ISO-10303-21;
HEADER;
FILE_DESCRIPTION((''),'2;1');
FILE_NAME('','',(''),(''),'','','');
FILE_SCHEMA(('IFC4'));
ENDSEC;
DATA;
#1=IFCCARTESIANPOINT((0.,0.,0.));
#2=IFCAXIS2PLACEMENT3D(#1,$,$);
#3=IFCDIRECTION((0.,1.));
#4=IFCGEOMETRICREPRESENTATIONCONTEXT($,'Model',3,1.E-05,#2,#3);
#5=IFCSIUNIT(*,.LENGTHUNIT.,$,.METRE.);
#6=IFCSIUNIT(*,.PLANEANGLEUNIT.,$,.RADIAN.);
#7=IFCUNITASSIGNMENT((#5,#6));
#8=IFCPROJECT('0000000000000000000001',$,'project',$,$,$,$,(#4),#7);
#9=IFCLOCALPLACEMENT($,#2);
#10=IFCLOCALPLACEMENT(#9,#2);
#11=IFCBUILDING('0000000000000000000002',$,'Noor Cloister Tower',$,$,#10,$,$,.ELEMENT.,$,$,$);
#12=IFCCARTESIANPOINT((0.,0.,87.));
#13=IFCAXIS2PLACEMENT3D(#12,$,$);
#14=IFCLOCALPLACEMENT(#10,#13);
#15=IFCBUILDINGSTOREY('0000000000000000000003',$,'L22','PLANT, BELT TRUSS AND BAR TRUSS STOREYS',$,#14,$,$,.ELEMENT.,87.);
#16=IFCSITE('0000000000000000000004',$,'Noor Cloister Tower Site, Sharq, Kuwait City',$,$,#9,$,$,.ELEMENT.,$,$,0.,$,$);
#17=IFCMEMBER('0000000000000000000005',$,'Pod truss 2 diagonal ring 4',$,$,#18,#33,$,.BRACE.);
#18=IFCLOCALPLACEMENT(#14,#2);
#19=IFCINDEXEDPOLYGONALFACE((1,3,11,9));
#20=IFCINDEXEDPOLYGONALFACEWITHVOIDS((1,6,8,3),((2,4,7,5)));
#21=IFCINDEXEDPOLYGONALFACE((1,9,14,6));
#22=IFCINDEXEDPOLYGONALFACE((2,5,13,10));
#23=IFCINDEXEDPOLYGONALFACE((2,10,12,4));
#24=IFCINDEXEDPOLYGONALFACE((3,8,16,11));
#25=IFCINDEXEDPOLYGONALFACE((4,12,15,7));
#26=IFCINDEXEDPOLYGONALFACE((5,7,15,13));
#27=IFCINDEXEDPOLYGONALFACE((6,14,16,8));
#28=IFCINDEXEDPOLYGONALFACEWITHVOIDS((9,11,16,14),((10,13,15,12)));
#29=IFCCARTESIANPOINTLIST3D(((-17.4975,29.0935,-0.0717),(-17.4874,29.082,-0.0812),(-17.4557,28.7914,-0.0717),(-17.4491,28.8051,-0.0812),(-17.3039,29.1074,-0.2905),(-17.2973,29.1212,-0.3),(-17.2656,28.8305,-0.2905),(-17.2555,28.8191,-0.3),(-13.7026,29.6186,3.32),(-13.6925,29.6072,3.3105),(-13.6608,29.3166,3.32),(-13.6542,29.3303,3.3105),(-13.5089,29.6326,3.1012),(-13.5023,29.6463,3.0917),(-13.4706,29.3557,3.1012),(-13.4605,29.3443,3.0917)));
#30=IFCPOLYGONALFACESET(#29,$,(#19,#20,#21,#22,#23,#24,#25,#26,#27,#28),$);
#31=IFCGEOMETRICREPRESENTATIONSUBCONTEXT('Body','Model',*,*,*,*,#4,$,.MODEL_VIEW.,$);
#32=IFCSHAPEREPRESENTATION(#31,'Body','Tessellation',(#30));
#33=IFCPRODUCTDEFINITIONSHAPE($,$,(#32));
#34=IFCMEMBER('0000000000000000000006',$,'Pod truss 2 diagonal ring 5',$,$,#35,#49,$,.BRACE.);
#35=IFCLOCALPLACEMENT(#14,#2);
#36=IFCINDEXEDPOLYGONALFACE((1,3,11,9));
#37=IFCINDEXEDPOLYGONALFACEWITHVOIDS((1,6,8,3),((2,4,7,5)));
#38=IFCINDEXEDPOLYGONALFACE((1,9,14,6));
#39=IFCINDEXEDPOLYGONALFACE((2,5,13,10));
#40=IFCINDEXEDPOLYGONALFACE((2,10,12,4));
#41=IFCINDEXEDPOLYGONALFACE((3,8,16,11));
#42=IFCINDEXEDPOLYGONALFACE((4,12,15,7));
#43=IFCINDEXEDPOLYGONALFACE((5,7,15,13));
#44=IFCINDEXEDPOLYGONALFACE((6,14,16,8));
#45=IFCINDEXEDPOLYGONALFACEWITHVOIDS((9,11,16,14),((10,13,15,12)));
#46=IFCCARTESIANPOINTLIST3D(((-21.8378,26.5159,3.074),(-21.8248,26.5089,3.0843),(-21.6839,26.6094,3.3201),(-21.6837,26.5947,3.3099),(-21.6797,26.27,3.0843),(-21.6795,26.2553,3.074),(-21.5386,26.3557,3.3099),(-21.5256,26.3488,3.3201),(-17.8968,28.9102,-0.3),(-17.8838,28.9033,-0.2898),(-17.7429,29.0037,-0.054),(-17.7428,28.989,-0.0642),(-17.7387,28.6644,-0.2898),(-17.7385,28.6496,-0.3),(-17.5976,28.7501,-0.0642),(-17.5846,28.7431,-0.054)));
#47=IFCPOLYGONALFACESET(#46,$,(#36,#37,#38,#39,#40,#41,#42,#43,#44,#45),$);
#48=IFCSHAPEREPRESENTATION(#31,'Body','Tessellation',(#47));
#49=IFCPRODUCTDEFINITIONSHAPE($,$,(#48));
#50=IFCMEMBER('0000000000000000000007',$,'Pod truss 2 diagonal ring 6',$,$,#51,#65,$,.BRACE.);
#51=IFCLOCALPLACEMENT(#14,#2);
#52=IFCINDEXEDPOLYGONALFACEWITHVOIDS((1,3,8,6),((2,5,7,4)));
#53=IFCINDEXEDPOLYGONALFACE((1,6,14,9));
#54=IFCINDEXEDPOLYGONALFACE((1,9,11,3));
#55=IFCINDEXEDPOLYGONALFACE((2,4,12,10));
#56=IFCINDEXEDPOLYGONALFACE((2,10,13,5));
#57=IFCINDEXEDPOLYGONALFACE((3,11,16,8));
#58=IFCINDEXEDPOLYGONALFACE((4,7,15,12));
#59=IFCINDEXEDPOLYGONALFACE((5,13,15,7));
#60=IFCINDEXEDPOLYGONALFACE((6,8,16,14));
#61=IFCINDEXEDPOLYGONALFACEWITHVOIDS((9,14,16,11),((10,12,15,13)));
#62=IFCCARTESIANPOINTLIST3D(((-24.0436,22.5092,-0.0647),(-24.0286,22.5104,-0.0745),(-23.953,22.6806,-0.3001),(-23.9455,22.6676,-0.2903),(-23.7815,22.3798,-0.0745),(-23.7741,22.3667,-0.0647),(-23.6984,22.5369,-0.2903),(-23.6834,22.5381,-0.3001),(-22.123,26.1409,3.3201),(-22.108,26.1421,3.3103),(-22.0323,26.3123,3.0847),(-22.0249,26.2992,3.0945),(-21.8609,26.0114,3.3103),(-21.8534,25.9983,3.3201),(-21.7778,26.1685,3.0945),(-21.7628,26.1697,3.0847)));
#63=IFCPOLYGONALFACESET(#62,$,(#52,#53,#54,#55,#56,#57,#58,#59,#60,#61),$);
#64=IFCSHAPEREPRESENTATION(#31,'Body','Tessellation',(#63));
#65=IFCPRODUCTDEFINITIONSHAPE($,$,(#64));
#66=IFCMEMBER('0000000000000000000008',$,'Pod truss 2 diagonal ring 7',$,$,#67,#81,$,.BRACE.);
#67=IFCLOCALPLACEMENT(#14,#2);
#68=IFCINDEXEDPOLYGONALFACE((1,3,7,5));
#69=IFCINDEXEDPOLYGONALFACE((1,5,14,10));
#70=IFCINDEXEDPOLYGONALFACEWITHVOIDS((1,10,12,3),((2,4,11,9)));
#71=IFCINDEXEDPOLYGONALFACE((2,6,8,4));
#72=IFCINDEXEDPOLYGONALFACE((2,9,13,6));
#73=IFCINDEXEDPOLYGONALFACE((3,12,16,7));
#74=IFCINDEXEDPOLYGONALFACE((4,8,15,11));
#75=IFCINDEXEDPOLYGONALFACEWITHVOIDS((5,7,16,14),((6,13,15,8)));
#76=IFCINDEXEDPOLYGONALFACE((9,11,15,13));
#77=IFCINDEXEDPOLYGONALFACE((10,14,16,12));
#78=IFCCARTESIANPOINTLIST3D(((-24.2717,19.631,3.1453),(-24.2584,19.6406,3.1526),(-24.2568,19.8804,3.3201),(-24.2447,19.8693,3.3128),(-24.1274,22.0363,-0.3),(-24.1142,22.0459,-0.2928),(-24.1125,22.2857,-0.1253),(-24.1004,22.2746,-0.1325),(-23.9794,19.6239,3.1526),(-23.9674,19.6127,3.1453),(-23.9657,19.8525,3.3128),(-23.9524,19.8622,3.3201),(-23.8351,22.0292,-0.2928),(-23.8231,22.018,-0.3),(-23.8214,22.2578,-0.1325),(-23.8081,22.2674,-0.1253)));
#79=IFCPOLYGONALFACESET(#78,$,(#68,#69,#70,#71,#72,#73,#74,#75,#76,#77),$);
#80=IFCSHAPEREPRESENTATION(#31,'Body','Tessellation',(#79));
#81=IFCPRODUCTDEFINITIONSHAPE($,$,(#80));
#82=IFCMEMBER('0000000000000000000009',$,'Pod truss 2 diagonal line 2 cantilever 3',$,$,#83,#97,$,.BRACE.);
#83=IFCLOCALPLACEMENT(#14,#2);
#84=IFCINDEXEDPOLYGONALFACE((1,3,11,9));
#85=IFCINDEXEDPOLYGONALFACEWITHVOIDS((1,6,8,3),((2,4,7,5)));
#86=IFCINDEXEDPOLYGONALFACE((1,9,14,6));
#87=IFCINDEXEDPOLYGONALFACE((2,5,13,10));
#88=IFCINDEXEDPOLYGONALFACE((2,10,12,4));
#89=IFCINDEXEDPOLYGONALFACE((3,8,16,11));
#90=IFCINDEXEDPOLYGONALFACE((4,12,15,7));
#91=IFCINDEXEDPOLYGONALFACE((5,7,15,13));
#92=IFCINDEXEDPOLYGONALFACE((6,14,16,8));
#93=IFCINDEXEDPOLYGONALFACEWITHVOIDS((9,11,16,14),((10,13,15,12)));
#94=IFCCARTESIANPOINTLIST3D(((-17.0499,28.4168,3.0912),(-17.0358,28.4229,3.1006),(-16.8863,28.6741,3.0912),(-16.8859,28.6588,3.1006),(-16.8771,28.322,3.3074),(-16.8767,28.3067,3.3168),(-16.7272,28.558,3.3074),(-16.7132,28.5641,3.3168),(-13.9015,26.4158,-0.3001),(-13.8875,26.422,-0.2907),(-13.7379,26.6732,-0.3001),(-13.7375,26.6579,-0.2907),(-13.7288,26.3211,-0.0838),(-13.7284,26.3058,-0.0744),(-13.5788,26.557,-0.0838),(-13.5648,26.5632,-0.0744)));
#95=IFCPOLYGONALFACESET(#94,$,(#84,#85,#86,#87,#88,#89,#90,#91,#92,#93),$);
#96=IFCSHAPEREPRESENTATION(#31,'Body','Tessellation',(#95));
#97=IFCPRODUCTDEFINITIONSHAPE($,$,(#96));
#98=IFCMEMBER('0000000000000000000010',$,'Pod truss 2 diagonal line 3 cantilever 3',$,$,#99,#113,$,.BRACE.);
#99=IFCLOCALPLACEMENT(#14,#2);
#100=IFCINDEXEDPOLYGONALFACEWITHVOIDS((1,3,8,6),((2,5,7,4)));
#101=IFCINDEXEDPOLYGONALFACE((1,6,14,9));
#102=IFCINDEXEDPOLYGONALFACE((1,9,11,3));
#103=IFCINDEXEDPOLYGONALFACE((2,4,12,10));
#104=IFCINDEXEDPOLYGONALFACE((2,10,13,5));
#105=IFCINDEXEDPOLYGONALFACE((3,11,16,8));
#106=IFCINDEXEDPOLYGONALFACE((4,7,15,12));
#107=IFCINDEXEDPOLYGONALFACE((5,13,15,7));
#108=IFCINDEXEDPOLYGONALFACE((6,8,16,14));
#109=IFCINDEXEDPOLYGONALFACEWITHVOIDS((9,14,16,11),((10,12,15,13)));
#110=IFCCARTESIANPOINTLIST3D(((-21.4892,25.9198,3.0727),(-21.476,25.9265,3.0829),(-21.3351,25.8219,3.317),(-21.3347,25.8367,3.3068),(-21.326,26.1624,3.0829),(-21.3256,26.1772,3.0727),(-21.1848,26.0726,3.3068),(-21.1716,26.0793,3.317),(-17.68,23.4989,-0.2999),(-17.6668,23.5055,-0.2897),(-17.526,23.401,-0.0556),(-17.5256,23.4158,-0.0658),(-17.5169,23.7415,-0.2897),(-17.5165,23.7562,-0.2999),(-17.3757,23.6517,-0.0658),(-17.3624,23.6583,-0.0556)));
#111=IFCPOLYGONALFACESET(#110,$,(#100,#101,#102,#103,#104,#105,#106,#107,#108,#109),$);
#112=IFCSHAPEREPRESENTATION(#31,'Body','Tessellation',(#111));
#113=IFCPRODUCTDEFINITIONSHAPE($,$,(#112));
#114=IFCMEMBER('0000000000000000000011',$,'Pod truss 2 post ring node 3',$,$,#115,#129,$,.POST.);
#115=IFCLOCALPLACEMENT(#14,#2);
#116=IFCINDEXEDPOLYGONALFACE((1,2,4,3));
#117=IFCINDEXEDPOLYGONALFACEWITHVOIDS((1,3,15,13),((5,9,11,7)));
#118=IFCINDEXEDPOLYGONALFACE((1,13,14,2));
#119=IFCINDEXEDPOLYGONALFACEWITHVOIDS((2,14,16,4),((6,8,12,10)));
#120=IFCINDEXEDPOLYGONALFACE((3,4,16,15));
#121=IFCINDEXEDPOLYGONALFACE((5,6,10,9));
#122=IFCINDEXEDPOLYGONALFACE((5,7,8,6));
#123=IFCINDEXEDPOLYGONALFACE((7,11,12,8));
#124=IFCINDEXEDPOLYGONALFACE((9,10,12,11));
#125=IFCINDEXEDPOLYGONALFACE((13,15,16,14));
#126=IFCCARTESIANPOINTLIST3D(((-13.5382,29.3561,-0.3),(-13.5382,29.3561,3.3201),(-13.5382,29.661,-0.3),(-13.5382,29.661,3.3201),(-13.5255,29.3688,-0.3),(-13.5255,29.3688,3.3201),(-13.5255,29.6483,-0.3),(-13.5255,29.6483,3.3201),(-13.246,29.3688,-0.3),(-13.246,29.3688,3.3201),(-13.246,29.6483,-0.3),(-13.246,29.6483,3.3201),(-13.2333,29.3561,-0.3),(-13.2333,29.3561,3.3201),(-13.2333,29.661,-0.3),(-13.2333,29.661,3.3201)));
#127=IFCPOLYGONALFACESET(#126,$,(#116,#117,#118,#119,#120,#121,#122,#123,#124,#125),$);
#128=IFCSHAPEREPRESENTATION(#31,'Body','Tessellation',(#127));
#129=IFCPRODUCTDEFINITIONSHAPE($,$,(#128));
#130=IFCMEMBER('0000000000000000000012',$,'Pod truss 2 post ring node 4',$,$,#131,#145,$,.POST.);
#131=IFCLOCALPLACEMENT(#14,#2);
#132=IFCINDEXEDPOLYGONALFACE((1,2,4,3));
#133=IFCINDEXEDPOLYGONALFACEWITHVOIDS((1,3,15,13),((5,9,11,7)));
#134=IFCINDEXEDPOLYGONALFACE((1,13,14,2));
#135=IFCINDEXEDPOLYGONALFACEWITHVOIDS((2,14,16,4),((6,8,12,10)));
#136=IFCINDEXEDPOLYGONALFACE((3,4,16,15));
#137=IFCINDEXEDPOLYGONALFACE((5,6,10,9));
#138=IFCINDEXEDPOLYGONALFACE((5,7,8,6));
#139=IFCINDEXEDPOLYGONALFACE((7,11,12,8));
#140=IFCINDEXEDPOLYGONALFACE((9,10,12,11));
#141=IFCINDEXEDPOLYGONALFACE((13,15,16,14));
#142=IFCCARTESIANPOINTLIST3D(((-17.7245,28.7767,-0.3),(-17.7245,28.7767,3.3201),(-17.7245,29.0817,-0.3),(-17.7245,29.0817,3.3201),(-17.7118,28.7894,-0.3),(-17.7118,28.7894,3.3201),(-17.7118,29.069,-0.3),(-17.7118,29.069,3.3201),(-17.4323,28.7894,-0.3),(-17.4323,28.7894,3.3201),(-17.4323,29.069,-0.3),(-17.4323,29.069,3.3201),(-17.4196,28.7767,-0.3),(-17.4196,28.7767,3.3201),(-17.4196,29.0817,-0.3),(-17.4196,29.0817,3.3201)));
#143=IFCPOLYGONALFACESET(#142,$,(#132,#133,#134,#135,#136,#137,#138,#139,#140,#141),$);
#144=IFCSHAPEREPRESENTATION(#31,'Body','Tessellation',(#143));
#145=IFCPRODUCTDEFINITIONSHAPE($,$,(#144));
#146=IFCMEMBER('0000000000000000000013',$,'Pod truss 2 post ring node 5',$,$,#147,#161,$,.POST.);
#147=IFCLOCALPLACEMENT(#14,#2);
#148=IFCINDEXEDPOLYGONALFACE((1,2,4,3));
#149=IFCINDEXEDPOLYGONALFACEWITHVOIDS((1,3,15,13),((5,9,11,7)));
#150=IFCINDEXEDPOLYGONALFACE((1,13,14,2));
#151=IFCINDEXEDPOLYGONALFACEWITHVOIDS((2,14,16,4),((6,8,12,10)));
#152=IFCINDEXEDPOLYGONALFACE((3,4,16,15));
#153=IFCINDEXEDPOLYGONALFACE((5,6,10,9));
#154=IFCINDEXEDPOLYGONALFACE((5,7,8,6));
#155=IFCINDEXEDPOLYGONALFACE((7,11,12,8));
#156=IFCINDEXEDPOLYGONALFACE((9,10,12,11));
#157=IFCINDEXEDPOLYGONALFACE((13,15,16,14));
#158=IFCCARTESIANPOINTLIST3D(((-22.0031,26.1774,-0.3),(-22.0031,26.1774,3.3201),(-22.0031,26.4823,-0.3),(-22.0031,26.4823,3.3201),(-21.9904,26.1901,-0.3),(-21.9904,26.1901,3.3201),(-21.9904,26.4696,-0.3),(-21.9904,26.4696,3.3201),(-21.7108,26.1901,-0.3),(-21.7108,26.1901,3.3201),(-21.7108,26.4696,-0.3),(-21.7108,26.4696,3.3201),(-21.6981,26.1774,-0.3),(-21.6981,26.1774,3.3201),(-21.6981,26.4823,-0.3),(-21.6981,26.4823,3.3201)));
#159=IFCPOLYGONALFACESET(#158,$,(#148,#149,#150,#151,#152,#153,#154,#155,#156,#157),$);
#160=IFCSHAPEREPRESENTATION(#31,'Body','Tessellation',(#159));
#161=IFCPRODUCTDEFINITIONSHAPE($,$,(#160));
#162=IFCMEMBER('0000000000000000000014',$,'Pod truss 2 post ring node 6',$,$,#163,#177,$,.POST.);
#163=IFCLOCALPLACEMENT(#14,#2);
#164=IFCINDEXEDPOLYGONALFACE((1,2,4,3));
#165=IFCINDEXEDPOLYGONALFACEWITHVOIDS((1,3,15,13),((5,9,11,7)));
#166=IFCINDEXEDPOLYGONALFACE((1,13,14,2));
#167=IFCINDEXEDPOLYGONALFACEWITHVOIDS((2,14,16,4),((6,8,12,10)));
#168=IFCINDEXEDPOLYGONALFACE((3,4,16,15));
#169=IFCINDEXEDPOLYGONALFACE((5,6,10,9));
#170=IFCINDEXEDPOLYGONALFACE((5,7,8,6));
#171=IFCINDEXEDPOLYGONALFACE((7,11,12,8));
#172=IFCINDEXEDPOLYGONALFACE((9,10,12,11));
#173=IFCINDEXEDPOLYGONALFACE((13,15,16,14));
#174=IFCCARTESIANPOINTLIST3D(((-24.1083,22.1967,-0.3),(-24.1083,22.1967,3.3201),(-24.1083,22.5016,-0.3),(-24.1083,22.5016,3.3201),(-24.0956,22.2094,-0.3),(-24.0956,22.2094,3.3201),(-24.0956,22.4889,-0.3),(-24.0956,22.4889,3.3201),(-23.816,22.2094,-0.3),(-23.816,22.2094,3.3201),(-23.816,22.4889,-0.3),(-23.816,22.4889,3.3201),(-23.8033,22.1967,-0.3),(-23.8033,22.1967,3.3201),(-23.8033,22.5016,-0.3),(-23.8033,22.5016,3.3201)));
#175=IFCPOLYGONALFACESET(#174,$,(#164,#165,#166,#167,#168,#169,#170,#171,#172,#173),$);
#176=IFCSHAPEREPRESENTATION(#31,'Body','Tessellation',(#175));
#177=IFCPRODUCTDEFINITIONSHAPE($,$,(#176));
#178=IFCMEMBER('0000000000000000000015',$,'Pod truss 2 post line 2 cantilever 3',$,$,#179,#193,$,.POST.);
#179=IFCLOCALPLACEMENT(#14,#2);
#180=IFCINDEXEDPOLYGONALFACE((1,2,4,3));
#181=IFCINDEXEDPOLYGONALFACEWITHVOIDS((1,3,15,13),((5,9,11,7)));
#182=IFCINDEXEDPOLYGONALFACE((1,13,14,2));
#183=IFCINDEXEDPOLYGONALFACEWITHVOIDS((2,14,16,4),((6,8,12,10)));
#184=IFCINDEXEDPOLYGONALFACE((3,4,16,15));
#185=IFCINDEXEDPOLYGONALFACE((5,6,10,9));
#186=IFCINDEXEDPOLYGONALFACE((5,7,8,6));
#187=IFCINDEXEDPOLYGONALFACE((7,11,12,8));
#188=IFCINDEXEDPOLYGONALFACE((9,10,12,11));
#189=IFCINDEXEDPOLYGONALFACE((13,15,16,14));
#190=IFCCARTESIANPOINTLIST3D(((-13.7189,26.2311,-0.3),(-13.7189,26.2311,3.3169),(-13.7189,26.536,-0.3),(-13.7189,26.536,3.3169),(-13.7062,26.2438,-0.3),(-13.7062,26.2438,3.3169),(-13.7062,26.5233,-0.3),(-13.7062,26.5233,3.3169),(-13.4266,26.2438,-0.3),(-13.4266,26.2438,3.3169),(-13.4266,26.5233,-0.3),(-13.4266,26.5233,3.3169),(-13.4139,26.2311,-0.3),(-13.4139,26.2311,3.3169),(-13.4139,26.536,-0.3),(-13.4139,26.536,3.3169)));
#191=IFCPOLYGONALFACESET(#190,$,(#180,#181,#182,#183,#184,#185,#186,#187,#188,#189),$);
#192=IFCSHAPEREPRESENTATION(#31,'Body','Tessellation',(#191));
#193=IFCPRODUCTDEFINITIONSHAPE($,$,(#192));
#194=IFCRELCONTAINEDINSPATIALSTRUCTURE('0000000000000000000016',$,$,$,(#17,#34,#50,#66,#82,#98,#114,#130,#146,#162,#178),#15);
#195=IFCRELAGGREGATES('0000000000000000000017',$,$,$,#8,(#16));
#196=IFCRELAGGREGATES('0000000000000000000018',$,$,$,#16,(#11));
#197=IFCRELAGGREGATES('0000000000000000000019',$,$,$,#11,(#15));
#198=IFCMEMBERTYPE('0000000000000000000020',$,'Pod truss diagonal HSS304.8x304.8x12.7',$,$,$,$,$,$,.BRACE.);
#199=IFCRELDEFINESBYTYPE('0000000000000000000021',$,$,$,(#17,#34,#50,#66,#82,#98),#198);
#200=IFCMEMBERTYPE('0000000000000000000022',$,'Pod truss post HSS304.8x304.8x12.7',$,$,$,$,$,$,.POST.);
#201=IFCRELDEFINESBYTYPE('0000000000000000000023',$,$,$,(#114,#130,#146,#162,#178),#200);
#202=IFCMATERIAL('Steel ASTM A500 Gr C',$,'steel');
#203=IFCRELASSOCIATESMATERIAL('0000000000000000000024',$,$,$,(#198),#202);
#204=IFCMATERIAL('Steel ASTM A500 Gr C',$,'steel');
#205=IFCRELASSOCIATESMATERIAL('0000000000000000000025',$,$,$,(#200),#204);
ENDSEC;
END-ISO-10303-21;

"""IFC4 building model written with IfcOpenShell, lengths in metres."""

from ifc_helpers import new_model, si_unit, direction, frame, origin, origin_2d, place, context, subcontext, project, spatial, hollow_rectangle, extrude, material, material_profile, profile_set, type_object, element, save


model = new_model("IFC4")

# Units and contexts
model_context = context("Model", 3, precision=1e-05, world=origin(), true_north=direction((0.0, 1.0)))
body_context = subcontext(model_context, "Body", "Model", "MODEL_VIEW")
ifc_project = project(units=[si_unit("LENGTHUNIT", "METRE"), si_unit("PLANEANGLEUNIT", "RADIAN")], contexts=[model_context])

# Site, building, storey
site_placement = place(None, origin())
site = spatial("IfcSite", under=ifc_project, at=site_placement, Name="Noor Cloister Tower Site, Sharq, Kuwait City", CompositionType="ELEMENT", RefElevation=0.0)
building_placement = place(site_placement, origin())
building = spatial("IfcBuilding", under=site, at=building_placement, Name="Noor Cloister Tower", CompositionType="ELEMENT")
storey_placement = place(building_placement, frame((0.0, 0.0, 87.0)))
storey = spatial("IfcBuildingStorey", under=building, at=storey_placement, Name="L22", Description="PLANT, BELT TRUSS AND BAR TRUSS STOREYS", CompositionType="ELEMENT", Elevation=87.0)

# Members
ifc_material_1 = material(Name="Steel ASTM A500 Gr C", Category="steel")
ifc_material_profile_1 = material_profile(ifc_material_1, hollow_rectangle(XDim=0.3049, YDim=0.3049, WallThickness=0.0127, at=origin_2d()), Name="HSS304.8x304.8x12.7")
ifc_profile_set_1 = profile_set([ifc_material_profile_1], Name="Steel ASTM A500 Gr C")
member_type_1 = type_object("IfcMemberType", Name="Pod truss diagonal HSS304.8x304.8x12.7", PredefinedType="BRACE", material=ifc_profile_set_1)
member_1_placement = place(storey_placement, frame((-13.5815, 29.4814, 3.2058), z_axis=(-0.74168, -0.102635, -0.662855), x_axis=(0.137075, -0.990561, 0.0)))
element("IfcMember", 1, at=member_1_placement, inside=storey, type_object=member_type_1, Name="Pod truss 2 diagonal ring 4", PredefinedType="BRACE", context=body_context, shape_type="SweptSolid", body=[
    extrude(hollow_rectangle(XDim=0.3049, YDim=0.3049, WallThickness=0.0127, at=origin_2d()), origin(), (0.0, 0.0, 1.0), 5.1167),
])
member_2_placement = place(storey_placement, frame((-17.7407, 28.8267, -0.177), z_axis=(-0.68972, -0.419036, 0.590505), x_axis=(0.51923, -0.854635, 0.0)))
element("IfcMember", 2, at=member_2_placement, inside=storey, type_object=member_type_1, Name="Pod truss 2 diagonal ring 5", PredefinedType="BRACE", context=body_context, shape_type="SweptSolid", body=[
    extrude(hollow_rectangle(XDim=0.3049, YDim=0.3049, WallThickness=0.0127, at=origin_2d()), origin(), (0.0, 0.0, 1.0), 5.7139),
])
member_3_placement = place(storey_placement, frame((-21.9429, 26.1553, 3.2024), z_axis=(-0.360824, -0.682249, -0.635879), x_axis=(0.883984, -0.467516, 0.0)))
element("IfcMember", 3, at=member_3_placement, inside=storey, type_object=member_type_1, Name="Pod truss 2 diagonal ring 6", PredefinedType="BRACE", context=body_context, shape_type="SweptSolid", body=[
    extrude(hollow_rectangle(XDim=0.3049, YDim=0.3049, WallThickness=0.0127, at=origin_2d()), origin(), (0.0, 0.0, 1.0), 5.323),
])
member_4_placement = place(storey_placement, frame((-23.9678, 22.1519, -0.2126), z_axis=(-0.034319, -0.572095, 0.819469), x_axis=(0.998206, -0.05988, 0.0)))
element("IfcMember", 4, at=member_4_placement, inside=storey, type_object=member_type_1, Name="Pod truss 2 diagonal ring 7", PredefinedType="BRACE", context=body_context, shape_type="SweptSolid", body=[
    extrude(hollow_rectangle(XDim=0.3049, YDim=0.3049, WallThickness=0.0127, at=origin_2d()), origin(), (0.0, 0.0, 1.0), 4.2043),
])
member_5_placement = place(storey_placement, frame((-13.7332, 26.4895, -0.1873), z_axis=(-0.62449, 0.396892, 0.672673), x_axis=(-0.536384, -0.843974, 0.0)))
element("IfcMember", 5, at=member_5_placement, inside=storey, type_object=member_type_1, Name="Pod truss 2 diagonal line 2 cantilever 3", PredefinedType="BRACE", context=body_context, shape_type="SweptSolid", body=[
    extrude(hollow_rectangle(XDim=0.3049, YDim=0.3049, WallThickness=0.0127, at=origin_2d()), origin(), (0.0, 0.0, 1.0), 5.0415),
])
member_6_placement = place(storey_placement, frame((-17.5212, 23.5786, -0.1777), z_axis=(-0.676067, 0.429681, 0.598589), x_axis=(-0.536392, -0.843969, 0.0)))
element("IfcMember", 6, at=member_6_placement, inside=storey, type_object=member_type_1, Name="Pod truss 2 diagonal line 3 cantilever 3", PredefinedType="BRACE", context=body_context, shape_type="SweptSolid", body=[
    extrude(hollow_rectangle(XDim=0.3049, YDim=0.3049, WallThickness=0.0127, at=origin_2d()), origin(), (0.0, 0.0, 1.0), 5.6343),
])
ifc_material_2 = material(Name="Steel ASTM A500 Gr C", Category="steel")
ifc_material_profile_2 = material_profile(ifc_material_2, hollow_rectangle(XDim=0.3049, YDim=0.3049, WallThickness=0.0127, at=origin_2d()), Name="HSS304.8x304.8x12.7")
ifc_profile_set_2 = profile_set([ifc_material_profile_2], Name="Steel ASTM A500 Gr C")
member_type_2 = type_object("IfcMemberType", Name="Pod truss post HSS304.8x304.8x12.7", PredefinedType="POST", material=ifc_profile_set_2)
for number, where, z_axis, x_axis, name in (
    (7, (-13.3857, 29.5085, -0.3), (0.0, 0.0, 1.0), (1.0, 0.0, 0.0), "Pod truss 2 post ring node 3"),
    (8, (-17.572, 28.9292, -0.3), (0.0, 0.0, 1.0), (1.0, 0.0, 0.0), "Pod truss 2 post ring node 4"),
    (9, (-21.8506, 26.3298, -0.3), (0.0, 0.0, 1.0), (1.0, 0.0, 0.0), "Pod truss 2 post ring node 5"),
    (10, (-23.9558, 22.3491, -0.3), (0.0, 0.0, 1.0), (1.0, 0.0, 0.0), "Pod truss 2 post ring node 6"),
):
    element("IfcMember", number, at=place(storey_placement, frame(where, z_axis=z_axis, x_axis=x_axis)), inside=storey, type_object=member_type_2, Name=name, PredefinedType="POST", context=body_context, shape_type="SweptSolid", body=[
        extrude(hollow_rectangle(XDim=0.3049, YDim=0.3049, WallThickness=0.0127, at=origin_2d()), origin(), (0.0, 0.0, 1.0), 3.6201),
    ])
for number, where, z_axis, x_axis, name in (
    (11, (-13.5664, 26.3835, -0.3), (0.0, 0.0, 1.0), (1.0, 0.0, 0.0), "Pod truss 2 post line 2 cantilever 3"),
):
    element("IfcMember", number, at=place(storey_placement, frame(where, z_axis=z_axis, x_axis=x_axis)), inside=storey, type_object=member_type_2, Name=name, PredefinedType="POST", context=body_context, shape_type="SweptSolid", body=[
        extrude(hollow_rectangle(XDim=0.3049, YDim=0.3049, WallThickness=0.0127, at=origin_2d()), origin(), (0.0, 0.0, 1.0), 3.6169),
    ])

save(model, "model.ifc")
